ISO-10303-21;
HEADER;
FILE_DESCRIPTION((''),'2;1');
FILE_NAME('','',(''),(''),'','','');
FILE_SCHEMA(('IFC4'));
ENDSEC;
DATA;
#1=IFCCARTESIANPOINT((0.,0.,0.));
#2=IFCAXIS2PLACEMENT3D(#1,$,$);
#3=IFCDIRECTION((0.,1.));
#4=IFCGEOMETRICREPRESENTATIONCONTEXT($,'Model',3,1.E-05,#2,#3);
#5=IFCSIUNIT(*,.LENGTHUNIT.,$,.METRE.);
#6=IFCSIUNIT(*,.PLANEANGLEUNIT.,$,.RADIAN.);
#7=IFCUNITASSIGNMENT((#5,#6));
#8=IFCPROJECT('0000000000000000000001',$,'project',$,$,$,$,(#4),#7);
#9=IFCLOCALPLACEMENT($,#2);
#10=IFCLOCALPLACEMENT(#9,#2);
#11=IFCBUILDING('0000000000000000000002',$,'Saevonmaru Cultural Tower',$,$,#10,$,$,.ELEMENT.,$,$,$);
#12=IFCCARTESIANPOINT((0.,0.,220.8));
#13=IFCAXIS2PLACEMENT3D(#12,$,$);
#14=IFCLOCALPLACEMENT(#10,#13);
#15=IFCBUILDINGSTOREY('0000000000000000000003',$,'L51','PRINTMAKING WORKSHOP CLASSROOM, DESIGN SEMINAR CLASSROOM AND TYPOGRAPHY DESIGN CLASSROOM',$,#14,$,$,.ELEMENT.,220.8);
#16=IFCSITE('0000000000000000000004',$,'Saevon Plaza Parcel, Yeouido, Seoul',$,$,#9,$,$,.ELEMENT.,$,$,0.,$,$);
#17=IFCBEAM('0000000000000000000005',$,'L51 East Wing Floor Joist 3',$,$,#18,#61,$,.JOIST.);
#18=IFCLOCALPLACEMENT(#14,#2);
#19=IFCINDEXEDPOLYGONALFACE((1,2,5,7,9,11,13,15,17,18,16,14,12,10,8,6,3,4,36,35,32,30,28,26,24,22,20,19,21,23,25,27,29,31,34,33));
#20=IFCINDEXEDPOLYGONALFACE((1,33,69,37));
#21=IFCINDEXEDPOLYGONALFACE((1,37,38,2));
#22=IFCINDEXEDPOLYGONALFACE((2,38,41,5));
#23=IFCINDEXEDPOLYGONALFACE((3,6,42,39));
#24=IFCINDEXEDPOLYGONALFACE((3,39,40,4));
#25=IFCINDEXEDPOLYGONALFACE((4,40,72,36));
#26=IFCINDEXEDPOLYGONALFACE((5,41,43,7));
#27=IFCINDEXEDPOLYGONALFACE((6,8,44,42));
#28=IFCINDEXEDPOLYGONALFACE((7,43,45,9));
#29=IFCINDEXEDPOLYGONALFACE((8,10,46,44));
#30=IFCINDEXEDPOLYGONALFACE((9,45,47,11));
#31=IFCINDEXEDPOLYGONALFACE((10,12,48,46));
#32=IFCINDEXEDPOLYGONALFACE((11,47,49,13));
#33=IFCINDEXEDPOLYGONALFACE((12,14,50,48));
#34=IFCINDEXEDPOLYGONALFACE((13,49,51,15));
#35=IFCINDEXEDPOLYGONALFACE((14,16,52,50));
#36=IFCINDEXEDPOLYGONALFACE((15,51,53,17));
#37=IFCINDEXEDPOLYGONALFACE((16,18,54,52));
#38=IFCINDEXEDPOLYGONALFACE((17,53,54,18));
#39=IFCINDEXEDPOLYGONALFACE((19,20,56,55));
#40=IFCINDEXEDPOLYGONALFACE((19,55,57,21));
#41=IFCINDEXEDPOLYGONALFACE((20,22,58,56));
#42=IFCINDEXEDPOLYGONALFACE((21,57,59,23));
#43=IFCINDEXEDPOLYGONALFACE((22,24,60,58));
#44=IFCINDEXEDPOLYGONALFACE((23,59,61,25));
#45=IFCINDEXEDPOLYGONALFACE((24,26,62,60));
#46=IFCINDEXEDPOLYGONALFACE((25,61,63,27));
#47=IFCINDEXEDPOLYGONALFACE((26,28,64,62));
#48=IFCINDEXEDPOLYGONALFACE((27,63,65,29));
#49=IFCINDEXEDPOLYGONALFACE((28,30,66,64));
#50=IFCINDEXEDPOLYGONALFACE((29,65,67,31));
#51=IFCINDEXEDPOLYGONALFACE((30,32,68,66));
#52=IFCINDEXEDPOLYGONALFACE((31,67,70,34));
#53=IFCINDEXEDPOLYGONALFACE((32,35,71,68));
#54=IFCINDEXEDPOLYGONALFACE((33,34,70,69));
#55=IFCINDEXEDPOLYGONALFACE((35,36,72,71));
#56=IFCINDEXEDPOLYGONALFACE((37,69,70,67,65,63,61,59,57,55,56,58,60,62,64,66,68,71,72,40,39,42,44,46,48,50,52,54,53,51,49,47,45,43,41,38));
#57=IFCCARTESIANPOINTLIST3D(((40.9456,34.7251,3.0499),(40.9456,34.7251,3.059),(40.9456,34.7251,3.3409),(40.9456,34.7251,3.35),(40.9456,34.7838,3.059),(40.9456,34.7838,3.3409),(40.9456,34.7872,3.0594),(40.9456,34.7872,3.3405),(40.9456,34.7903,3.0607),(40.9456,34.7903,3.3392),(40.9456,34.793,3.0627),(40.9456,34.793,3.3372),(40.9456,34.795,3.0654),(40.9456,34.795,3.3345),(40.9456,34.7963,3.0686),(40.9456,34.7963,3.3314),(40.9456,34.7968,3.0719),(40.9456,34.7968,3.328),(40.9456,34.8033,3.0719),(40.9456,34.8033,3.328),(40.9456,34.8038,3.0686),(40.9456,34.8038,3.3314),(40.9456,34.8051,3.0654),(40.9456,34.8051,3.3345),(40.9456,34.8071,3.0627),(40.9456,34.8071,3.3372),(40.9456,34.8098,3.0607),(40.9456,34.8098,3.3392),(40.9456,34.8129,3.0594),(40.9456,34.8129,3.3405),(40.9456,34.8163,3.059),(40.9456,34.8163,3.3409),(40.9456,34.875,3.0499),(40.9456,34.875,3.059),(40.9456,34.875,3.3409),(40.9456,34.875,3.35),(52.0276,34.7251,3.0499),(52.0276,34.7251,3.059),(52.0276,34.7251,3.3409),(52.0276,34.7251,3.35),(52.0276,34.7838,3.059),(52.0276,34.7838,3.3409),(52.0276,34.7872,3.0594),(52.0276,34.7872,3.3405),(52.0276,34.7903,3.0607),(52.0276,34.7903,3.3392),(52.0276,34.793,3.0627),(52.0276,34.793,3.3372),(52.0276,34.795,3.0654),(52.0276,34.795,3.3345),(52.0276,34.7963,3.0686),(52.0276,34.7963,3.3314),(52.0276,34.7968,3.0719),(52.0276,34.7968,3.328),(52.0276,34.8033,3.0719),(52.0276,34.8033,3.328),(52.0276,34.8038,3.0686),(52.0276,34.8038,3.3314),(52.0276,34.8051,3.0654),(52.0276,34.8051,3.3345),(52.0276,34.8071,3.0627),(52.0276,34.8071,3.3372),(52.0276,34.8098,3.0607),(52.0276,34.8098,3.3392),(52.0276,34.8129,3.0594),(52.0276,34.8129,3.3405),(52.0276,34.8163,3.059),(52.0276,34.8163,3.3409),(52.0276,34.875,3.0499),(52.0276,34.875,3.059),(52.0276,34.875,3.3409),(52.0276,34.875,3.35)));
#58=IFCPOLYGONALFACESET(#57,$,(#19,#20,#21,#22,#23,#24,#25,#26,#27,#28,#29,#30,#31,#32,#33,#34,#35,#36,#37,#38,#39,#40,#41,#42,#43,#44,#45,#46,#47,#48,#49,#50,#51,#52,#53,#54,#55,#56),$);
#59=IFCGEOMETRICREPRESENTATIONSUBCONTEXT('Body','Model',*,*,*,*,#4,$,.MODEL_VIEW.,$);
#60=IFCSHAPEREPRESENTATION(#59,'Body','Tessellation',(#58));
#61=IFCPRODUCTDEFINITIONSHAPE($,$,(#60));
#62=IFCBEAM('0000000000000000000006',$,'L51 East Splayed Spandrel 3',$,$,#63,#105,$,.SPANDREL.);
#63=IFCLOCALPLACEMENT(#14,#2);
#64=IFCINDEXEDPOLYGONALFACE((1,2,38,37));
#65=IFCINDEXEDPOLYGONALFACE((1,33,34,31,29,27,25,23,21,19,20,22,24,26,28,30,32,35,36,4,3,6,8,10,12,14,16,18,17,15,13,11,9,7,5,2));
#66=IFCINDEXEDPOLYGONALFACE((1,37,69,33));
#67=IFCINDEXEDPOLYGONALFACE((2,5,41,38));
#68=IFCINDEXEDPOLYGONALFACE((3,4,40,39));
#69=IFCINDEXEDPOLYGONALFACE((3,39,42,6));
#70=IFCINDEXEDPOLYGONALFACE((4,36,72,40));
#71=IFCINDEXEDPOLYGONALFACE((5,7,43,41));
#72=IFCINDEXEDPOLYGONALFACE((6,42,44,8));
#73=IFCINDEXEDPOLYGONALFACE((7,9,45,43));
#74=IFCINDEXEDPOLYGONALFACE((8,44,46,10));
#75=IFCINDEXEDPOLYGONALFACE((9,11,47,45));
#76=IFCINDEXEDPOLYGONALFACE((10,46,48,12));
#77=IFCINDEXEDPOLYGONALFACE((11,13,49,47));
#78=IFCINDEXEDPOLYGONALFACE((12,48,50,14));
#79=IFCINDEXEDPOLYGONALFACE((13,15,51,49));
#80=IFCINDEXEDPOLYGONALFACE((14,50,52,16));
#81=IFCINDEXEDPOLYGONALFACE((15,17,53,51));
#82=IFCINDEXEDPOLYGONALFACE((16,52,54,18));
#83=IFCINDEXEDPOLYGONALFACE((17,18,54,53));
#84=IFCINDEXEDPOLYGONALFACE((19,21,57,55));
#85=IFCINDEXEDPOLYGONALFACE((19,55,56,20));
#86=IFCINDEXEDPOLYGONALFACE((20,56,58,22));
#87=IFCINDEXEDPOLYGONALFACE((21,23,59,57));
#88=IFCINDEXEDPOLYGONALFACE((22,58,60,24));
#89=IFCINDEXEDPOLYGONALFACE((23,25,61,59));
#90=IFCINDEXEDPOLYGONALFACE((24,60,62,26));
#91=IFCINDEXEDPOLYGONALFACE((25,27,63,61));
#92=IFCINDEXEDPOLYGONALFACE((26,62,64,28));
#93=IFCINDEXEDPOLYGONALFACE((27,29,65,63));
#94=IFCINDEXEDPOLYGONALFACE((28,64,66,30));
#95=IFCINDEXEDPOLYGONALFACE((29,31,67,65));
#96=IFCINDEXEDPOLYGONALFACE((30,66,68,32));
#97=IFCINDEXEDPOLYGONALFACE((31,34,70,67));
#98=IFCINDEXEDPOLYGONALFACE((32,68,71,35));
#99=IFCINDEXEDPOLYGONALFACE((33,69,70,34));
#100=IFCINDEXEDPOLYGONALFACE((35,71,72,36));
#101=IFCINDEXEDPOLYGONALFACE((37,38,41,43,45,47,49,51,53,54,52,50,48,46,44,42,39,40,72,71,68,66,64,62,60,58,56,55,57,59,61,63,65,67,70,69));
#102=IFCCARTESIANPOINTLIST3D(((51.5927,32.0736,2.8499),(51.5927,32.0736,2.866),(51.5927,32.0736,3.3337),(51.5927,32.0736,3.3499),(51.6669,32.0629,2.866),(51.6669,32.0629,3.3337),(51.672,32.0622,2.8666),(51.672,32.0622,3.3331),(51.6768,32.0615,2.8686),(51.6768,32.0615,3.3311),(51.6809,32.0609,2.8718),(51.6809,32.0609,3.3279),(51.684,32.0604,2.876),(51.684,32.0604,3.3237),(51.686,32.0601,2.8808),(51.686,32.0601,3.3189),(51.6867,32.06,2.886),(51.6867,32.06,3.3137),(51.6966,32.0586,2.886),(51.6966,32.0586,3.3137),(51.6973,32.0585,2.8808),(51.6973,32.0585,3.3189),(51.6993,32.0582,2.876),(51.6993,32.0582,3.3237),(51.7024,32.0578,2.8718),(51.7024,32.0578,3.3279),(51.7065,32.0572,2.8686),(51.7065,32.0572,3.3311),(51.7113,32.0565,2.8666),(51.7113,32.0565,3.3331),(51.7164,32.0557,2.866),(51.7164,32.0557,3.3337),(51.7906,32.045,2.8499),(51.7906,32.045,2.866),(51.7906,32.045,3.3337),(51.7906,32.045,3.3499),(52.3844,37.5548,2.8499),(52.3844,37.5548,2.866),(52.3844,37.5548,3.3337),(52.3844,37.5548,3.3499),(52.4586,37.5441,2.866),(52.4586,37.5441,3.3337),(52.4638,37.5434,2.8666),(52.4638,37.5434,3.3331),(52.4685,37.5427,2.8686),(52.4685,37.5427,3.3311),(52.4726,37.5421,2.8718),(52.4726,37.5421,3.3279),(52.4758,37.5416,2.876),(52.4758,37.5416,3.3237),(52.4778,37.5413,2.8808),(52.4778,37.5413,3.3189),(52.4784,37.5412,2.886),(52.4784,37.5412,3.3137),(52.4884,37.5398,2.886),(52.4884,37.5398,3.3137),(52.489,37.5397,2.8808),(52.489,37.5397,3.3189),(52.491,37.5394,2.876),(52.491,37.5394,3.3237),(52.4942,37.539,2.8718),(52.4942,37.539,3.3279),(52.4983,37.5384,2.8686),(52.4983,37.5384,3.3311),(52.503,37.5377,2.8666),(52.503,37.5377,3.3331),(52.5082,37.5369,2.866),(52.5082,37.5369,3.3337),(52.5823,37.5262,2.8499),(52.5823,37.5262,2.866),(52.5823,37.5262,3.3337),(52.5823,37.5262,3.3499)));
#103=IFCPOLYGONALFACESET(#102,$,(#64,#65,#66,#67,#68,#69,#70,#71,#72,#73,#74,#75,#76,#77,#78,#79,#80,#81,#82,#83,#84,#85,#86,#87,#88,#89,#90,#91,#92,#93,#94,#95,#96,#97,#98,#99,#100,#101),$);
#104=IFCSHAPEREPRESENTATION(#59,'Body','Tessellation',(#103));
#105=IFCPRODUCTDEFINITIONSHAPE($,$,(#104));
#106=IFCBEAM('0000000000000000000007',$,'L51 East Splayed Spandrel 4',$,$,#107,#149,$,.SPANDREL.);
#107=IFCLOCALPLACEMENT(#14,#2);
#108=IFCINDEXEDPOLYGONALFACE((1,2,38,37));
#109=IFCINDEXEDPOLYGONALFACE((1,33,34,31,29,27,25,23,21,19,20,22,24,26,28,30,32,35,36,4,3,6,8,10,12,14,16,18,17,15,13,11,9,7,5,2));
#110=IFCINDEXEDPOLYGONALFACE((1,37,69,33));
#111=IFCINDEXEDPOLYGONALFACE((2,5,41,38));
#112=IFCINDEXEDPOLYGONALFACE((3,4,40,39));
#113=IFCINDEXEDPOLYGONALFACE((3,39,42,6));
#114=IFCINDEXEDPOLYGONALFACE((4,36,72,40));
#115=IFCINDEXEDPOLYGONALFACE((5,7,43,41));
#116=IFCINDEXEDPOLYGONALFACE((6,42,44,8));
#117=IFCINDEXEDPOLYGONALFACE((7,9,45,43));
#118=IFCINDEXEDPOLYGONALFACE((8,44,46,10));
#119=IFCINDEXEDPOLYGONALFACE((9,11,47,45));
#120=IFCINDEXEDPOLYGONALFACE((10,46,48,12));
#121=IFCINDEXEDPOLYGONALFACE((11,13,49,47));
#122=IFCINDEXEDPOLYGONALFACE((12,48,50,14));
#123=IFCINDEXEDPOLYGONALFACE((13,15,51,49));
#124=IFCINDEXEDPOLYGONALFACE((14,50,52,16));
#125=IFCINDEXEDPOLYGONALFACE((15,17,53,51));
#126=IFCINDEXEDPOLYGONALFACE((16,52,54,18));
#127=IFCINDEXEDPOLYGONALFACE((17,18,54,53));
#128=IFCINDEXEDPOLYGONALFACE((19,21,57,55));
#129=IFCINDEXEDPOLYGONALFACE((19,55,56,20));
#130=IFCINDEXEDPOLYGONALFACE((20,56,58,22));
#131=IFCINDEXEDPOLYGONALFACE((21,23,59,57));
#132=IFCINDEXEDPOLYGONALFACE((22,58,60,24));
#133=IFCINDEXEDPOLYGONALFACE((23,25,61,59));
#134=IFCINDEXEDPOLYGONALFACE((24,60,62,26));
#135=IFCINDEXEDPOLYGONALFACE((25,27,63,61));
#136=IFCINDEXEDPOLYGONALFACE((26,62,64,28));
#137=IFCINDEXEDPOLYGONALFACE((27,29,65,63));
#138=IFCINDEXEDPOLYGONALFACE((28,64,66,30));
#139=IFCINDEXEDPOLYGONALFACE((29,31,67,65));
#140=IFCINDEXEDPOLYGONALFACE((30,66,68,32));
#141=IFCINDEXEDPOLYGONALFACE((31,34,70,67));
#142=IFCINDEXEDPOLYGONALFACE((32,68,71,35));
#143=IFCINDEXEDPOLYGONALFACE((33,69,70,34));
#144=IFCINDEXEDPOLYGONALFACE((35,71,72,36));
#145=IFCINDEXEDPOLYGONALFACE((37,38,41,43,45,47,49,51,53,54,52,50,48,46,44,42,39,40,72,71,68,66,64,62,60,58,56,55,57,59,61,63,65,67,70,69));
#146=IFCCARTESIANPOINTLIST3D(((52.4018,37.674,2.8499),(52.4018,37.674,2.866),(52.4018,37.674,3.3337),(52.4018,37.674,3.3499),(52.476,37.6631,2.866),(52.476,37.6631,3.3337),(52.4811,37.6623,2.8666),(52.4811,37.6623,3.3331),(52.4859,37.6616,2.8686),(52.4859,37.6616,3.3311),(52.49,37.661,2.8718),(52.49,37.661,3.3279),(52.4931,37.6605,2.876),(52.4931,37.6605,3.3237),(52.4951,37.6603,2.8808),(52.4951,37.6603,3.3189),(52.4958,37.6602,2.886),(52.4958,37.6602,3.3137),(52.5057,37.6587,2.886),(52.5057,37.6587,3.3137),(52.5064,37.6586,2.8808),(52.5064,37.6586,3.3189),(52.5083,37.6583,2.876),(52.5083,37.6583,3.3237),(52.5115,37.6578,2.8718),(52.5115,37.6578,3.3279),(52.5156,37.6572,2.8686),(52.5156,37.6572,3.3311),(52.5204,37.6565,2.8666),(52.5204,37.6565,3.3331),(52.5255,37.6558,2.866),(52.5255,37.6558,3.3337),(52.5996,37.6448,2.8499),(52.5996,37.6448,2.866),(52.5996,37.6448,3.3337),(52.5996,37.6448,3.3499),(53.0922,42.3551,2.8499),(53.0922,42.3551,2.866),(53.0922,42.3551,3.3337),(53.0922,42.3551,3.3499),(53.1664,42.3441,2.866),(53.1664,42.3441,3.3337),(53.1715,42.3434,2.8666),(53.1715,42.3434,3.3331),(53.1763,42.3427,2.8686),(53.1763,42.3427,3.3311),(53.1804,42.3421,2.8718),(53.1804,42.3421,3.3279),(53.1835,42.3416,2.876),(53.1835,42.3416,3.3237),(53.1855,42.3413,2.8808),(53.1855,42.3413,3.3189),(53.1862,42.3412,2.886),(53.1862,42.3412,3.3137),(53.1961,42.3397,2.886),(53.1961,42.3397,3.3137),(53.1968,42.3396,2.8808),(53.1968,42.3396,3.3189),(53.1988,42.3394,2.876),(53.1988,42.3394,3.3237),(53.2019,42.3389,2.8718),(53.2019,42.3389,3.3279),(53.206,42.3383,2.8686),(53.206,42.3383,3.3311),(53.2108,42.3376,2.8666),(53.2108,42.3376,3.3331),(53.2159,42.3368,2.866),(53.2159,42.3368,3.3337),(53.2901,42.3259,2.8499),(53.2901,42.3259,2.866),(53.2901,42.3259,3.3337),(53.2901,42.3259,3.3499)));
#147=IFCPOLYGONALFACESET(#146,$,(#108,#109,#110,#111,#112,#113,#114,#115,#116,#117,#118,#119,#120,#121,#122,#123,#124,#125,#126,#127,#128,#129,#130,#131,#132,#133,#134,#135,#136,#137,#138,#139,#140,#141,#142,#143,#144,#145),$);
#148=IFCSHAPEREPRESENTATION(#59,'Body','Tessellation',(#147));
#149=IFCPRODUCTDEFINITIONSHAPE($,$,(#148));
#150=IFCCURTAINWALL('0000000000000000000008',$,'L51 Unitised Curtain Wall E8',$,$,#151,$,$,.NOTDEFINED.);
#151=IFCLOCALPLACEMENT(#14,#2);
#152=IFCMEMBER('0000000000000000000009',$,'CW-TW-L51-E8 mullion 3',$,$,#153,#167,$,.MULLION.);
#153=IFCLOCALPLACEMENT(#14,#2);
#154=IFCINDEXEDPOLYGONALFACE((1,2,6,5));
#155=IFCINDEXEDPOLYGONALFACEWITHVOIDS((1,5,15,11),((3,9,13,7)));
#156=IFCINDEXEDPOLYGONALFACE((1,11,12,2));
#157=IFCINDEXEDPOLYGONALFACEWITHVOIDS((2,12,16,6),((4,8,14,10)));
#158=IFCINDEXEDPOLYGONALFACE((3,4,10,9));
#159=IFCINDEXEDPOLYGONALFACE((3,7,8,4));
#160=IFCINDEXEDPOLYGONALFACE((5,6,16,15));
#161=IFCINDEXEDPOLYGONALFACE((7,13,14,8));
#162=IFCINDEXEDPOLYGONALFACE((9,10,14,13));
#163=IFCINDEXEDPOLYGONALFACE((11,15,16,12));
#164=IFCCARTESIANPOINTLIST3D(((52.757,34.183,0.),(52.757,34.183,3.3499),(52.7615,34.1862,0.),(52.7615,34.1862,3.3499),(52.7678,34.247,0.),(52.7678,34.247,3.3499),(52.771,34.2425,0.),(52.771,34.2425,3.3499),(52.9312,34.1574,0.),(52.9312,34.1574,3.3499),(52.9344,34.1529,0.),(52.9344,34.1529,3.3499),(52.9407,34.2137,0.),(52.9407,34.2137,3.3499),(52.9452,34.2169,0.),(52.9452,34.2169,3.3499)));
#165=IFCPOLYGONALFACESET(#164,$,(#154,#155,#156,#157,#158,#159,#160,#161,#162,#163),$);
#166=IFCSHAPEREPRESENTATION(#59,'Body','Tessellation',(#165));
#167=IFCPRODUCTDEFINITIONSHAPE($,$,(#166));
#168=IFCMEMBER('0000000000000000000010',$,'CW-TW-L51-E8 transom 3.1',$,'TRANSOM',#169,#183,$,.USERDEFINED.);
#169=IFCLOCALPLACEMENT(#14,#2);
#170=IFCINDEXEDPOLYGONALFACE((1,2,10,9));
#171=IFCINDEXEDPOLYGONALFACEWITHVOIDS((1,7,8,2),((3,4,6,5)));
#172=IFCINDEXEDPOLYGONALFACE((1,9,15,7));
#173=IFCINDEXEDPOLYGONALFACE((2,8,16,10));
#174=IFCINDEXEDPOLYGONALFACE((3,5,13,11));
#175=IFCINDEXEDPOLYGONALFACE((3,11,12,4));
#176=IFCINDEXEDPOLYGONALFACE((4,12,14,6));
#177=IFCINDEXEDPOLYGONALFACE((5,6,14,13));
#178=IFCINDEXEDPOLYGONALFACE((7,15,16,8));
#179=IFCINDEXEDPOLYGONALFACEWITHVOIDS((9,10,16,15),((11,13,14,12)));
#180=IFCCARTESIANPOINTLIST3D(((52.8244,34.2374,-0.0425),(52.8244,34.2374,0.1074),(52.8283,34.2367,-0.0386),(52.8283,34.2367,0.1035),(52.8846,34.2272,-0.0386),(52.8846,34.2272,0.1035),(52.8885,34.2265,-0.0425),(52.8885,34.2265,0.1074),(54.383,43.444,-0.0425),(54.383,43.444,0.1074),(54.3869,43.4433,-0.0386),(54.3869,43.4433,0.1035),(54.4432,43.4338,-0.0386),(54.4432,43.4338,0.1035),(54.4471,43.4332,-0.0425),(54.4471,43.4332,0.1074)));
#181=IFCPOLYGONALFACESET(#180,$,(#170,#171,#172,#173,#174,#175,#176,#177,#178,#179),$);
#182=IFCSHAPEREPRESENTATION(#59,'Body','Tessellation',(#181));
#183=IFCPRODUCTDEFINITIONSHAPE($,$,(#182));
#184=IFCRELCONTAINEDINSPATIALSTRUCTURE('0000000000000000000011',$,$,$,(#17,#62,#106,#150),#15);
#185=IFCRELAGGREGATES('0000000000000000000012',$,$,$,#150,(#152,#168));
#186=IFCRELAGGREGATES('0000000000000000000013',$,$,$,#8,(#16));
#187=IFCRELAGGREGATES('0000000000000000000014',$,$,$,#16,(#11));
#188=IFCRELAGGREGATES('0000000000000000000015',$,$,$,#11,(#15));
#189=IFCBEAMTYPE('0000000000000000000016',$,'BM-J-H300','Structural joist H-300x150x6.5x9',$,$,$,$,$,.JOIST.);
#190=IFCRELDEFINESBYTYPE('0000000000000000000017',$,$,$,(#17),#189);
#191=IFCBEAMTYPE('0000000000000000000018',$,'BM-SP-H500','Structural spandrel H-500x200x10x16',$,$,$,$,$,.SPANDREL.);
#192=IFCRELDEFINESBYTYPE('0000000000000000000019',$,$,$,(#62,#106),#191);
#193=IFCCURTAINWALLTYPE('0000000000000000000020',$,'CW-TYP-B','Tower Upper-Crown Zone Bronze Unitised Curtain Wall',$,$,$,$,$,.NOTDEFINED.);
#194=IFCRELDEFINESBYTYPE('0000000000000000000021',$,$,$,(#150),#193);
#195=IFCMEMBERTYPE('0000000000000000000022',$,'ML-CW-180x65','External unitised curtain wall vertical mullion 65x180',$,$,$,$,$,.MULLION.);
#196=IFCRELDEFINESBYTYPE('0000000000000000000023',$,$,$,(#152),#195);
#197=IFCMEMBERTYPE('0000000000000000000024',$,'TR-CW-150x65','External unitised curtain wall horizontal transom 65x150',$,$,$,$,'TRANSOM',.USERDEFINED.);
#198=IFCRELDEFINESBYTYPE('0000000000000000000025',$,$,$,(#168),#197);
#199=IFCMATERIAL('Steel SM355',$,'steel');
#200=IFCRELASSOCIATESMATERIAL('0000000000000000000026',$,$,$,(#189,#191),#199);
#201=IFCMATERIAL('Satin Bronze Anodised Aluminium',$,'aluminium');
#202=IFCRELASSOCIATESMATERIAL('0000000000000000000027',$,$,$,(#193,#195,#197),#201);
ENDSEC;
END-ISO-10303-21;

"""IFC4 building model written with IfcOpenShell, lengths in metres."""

from ifc_helpers import new_model, si_unit, direction, frame, origin, origin_2d, place, context, subcontext, project, spatial, hollow_rectangle, i_section, extrude, material, material_profile, profile_set, type_object, element, aggregate, save


model = new_model("IFC4")

# Units and contexts
model_context = context("Model", 3, precision=1e-05, world=origin(), true_north=direction((0.0, 1.0)))
body_context = subcontext(model_context, "Body", "Model", "MODEL_VIEW")
ifc_project = project(units=[si_unit("LENGTHUNIT", "METRE"), si_unit("PLANEANGLEUNIT", "RADIAN")], contexts=[model_context])

# Site, building, storey
site_placement = place(None, origin())
site = spatial("IfcSite", under=ifc_project, at=site_placement, Name="Saevon Plaza Parcel, Yeouido, Seoul", CompositionType="ELEMENT", RefElevation=0.0)
building_placement = place(site_placement, origin())
building = spatial("IfcBuilding", under=site, at=building_placement, Name="Saevonmaru Cultural Tower", CompositionType="ELEMENT")
storey_placement = place(building_placement, frame((0.0, 0.0, 220.8)))
storey = spatial("IfcBuildingStorey", under=building, at=storey_placement, Name="L51", Description="PRINTMAKING WORKSHOP CLASSROOM, DESIGN SEMINAR CLASSROOM AND TYPOGRAPHY DESIGN CLASSROOM", CompositionType="ELEMENT", Elevation=220.8)

# Shared definitions
ifc_material_1 = material(Name="Steel SM355", Category="steel")

# Beams
ifc_material_profile_1 = material_profile(ifc_material_1, i_section(OverallWidth=0.1499, OverallDepth=0.3, WebThickness=0.0066, FlangeThickness=0.009, FilletRadius=0.0129, at=origin_2d()), Name="H-300x150x6.5x9")
ifc_profile_set_1 = profile_set([ifc_material_profile_1], Name="Steel SM355")
beam_type_1 = type_object("IfcBeamType", Name="BM-J-H300", Description="Structural joist H-300x150x6.5x9", PredefinedType="JOIST", material=ifc_profile_set_1)
beam_1_placement = place(storey_placement, frame((40.9456, 34.8, 3.2), z_axis=(1.0, 0.0, 0.0), x_axis=(0.0, 1.0, 0.0)))
element("IfcBeam", 1, at=beam_1_placement, inside=storey, type_object=beam_type_1, Name="L51 East Wing Floor Joist 3", PredefinedType="JOIST", context=body_context, shape_type="SweptSolid", body=[
    extrude(i_section(OverallWidth=0.1499, OverallDepth=0.3, WebThickness=0.0066, FlangeThickness=0.009, FilletRadius=0.0129, at=origin_2d()), origin(), (0.0, 0.0, 1.0), 11.082),
])
ifc_material_profile_2 = material_profile(ifc_material_1, i_section(OverallWidth=0.2, OverallDepth=0.5, WebThickness=0.01, FlangeThickness=0.0161, FilletRadius=0.02, at=origin_2d()), Name="H-500x200x10x16")
ifc_profile_set_2 = profile_set([ifc_material_profile_2], Name="Steel SM355")
beam_type_2 = type_object("IfcBeamType", Name="BM-SP-H500", Description="Structural spandrel H-500x200x10x16", PredefinedType="SPANDREL", material=ifc_profile_set_2)
beam_2_placement = place(storey_placement, frame((51.6917, 32.0593, 3.0999), z_axis=(0.142964, 0.989728, 0.0), x_axis=(-0.989728, 0.142964, 0.0)))
element("IfcBeam", 2, at=beam_2_placement, inside=storey, type_object=beam_type_2, Name="L51 East Splayed Spandrel 3", PredefinedType="SPANDREL", context=body_context, shape_type="SweptSolid", body=[
    extrude(i_section(OverallWidth=0.2, OverallDepth=0.5, WebThickness=0.01, FlangeThickness=0.0161, FilletRadius=0.02, at=origin_2d()), origin(), (0.0, 0.0, 1.0), 5.5381),
])
beam_3_placement = place(storey_placement, frame((52.5007, 37.6594, 3.0999), z_axis=(0.145913, 0.989297, 0.0), x_axis=(-0.989297, 0.145913, 0.0)))
element("IfcBeam", 3, at=beam_3_placement, inside=storey, type_object=beam_type_2, Name="L51 East Splayed Spandrel 4", PredefinedType="SPANDREL", context=body_context, shape_type="SweptSolid", body=[
    extrude(i_section(OverallWidth=0.2, OverallDepth=0.5, WebThickness=0.01, FlangeThickness=0.0161, FilletRadius=0.02, at=origin_2d()), origin(), (0.0, 0.0, 1.0), 4.7317),
])

# Curtain wall, members
ifc_material_2 = material(Name="Satin Bronze Anodised Aluminium", Category="aluminium")
curtain_wall_type = type_object("IfcCurtainWallType", Name="CW-TYP-B", Description="Tower Upper-Crown Zone Bronze Unitised Curtain Wall", PredefinedType="NOTDEFINED", material=ifc_material_2)
curtain_wall_placement = place(storey_placement, origin())
curtain_wall = element("IfcCurtainWall", 4, at=curtain_wall_placement, inside=storey, type_object=curtain_wall_type, Name="L51 Unitised Curtain Wall E8", PredefinedType="NOTDEFINED")
ifc_material_profile_3 = material_profile(ifc_material_2, hollow_rectangle(XDim=0.0649, YDim=0.1799, WallThickness=0.0039, at=origin_2d()), Name="ALU-MULL-180x65x4")
ifc_profile_set_3 = profile_set([ifc_material_profile_3], Name="Satin Bronze Anodised Aluminium")
member_type_1 = type_object("IfcMemberType", Name="ML-CW-180x65", Description="External unitised curtain wall vertical mullion 65x180", PredefinedType="MULLION", material=ifc_profile_set_3)
member_1_placement = place(storey_placement, frame((52.8511, 34.2, 0.0), z_axis=(0.0, 0.0, 1.0), x_axis=(0.166922, 0.98597, 0.0)))
member_1 = element("IfcMember", 5, at=member_1_placement, type_object=member_type_1, Name="CW-TW-L51-E8 mullion 3", PredefinedType="MULLION", context=body_context, shape_type="SweptSolid", body=[
    extrude(hollow_rectangle(XDim=0.0649, YDim=0.1799, WallThickness=0.0039, at=origin_2d()), origin(), (0.0, 0.0, 1.0), 3.3499),
])
ifc_material_profile_4 = material_profile(ifc_material_2, hollow_rectangle(XDim=0.0649, YDim=0.1499, WallThickness=0.0039, at=origin_2d()), Name="ALU-TRAN-150x65x4")
ifc_profile_set_4 = profile_set([ifc_material_profile_4], Name="Satin Bronze Anodised Aluminium")
member_type_2 = type_object("IfcMemberType", Name="TR-CW-150x65", Description="External unitised curtain wall horizontal transom 65x150", ElementType="TRANSOM", PredefinedType="USERDEFINED", material=ifc_profile_set_4)
member_2_placement = place(storey_placement, frame((52.8564, 34.2319, 0.0325), z_axis=(0.166917, 0.985971, 0.0), x_axis=(-0.985971, 0.166917, 0.0)))
member_2 = element("IfcMember", 6, at=member_2_placement, type_object=member_type_2, Name="CW-TW-L51-E8 transom 3.1", ObjectType="TRANSOM", PredefinedType="USERDEFINED", context=body_context, shape_type="SweptSolid", body=[
    extrude(hollow_rectangle(XDim=0.0649, YDim=0.1499, WallThickness=0.0039, at=origin_2d()), origin(), (0.0, 0.0, 1.0), 9.3376),
])
aggregate(curtain_wall, [member_1, member_2])

save(model, "model.ifc")
